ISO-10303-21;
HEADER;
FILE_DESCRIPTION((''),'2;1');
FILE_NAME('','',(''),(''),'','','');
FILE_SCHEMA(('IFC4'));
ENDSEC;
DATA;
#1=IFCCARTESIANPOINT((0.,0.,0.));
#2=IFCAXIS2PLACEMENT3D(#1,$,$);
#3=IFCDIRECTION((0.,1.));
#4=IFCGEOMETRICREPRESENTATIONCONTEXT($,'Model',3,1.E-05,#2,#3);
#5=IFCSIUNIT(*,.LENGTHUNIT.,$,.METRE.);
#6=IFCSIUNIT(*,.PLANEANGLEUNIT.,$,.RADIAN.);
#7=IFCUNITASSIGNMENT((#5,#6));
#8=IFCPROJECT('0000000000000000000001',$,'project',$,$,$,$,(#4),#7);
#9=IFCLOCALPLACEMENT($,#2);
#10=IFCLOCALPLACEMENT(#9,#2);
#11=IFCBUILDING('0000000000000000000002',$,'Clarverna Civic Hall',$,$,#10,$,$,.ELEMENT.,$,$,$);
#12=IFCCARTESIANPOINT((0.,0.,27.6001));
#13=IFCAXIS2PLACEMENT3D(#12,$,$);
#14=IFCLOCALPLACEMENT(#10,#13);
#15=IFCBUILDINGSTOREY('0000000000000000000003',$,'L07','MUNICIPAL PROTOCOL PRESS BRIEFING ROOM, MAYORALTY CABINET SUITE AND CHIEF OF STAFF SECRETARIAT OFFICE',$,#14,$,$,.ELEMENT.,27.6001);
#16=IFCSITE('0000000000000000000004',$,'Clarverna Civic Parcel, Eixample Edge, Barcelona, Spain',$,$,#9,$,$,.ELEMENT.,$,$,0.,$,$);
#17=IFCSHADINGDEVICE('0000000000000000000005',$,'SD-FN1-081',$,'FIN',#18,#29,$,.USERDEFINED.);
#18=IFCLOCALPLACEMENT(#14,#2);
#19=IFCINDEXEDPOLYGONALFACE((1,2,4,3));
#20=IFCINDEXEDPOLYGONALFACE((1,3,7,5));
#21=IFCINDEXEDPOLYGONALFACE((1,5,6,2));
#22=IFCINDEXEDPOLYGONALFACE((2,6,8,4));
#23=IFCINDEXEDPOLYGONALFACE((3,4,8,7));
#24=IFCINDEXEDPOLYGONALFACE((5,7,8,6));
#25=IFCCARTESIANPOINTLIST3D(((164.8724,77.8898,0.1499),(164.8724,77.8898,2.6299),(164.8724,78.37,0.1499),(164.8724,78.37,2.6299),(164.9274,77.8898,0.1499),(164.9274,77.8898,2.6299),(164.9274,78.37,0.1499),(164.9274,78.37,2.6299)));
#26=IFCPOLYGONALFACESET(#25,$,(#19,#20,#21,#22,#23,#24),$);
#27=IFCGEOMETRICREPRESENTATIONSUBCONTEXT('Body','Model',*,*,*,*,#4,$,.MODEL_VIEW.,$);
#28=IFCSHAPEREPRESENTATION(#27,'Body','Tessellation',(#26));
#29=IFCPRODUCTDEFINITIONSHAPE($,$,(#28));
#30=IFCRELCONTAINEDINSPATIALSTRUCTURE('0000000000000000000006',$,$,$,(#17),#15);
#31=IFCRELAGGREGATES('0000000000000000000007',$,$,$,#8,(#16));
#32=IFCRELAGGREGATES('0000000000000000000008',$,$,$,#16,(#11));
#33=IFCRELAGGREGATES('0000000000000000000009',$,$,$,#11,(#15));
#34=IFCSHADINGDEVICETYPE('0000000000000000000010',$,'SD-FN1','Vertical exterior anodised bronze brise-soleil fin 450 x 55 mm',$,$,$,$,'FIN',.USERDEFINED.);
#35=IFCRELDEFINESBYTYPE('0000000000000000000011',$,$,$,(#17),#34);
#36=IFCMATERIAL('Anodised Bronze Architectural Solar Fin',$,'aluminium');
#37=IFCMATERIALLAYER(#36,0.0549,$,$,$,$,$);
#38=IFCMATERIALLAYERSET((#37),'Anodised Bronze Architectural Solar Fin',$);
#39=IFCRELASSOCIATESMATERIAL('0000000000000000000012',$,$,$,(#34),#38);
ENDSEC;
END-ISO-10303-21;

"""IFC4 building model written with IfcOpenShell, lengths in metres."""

from ifc_helpers import new_model, si_unit, direction, frame, frame_2d, origin, place, context, subcontext, project, spatial, rectangle, extrude, material, layer, layer_set, type_object, element, save


model = new_model("IFC4")

# Units and contexts
model_context = context("Model", 3, precision=1e-05, world=origin(), true_north=direction((0.0, 1.0)))
body_context = subcontext(model_context, "Body", "Model", "MODEL_VIEW")
ifc_project = project(units=[si_unit("LENGTHUNIT", "METRE"), si_unit("PLANEANGLEUNIT", "RADIAN")], contexts=[model_context])

# Site, building, storey
site_placement = place(None, origin())
site = spatial("IfcSite", under=ifc_project, at=site_placement, Name="Clarverna Civic Parcel, Eixample Edge, Barcelona, Spain", CompositionType="ELEMENT", RefElevation=0.0)
building_placement = place(site_placement, origin())
building = spatial("IfcBuilding", under=site, at=building_placement, Name="Clarverna Civic Hall", CompositionType="ELEMENT")
storey_placement = place(building_placement, frame((0.0, 0.0, 27.6001)))
storey = spatial("IfcBuildingStorey", under=building, at=storey_placement, Name="L07", Description="MUNICIPAL PROTOCOL PRESS BRIEFING ROOM, MAYORALTY CABINET SUITE AND CHIEF OF STAFF SECRETARIAT OFFICE", CompositionType="ELEMENT", Elevation=27.6001)

# Shading device
ifc_material_1 = material(Name="Anodised Bronze Architectural Solar Fin", Category="aluminium")
ifc_layer_1 = layer(ifc_material_1, 0.0549)
ifc_layer_set_1 = layer_set([ifc_layer_1], Name="Anodised Bronze Architectural Solar Fin")
shading_device_type = type_object("IfcShadingDeviceType", Name="SD-FN1", Description="Vertical exterior anodised bronze brise-soleil fin 450 x 55 mm", ElementType="FIN", PredefinedType="USERDEFINED", material=ifc_layer_set_1)
shading_device_placement = place(storey_placement, frame((164.8999, 78.3701, 0.1499), z_axis=(0.0, 0.0, 1.0), x_axis=(0.0, -1.0, 0.0)))
element("IfcShadingDevice", 1, at=shading_device_placement, inside=storey, type_object=shading_device_type, Name="SD-FN1-081", ObjectType="FIN", PredefinedType="USERDEFINED", context=body_context, shape_type="SweptSolid", body=[
    extrude(rectangle(XDim=0.4802, YDim=0.0549, at=frame_2d((0.2402, 0.0))), origin(), (0.0, 0.0, 1.0), 2.48),
])

save(model, "model.ifc")
